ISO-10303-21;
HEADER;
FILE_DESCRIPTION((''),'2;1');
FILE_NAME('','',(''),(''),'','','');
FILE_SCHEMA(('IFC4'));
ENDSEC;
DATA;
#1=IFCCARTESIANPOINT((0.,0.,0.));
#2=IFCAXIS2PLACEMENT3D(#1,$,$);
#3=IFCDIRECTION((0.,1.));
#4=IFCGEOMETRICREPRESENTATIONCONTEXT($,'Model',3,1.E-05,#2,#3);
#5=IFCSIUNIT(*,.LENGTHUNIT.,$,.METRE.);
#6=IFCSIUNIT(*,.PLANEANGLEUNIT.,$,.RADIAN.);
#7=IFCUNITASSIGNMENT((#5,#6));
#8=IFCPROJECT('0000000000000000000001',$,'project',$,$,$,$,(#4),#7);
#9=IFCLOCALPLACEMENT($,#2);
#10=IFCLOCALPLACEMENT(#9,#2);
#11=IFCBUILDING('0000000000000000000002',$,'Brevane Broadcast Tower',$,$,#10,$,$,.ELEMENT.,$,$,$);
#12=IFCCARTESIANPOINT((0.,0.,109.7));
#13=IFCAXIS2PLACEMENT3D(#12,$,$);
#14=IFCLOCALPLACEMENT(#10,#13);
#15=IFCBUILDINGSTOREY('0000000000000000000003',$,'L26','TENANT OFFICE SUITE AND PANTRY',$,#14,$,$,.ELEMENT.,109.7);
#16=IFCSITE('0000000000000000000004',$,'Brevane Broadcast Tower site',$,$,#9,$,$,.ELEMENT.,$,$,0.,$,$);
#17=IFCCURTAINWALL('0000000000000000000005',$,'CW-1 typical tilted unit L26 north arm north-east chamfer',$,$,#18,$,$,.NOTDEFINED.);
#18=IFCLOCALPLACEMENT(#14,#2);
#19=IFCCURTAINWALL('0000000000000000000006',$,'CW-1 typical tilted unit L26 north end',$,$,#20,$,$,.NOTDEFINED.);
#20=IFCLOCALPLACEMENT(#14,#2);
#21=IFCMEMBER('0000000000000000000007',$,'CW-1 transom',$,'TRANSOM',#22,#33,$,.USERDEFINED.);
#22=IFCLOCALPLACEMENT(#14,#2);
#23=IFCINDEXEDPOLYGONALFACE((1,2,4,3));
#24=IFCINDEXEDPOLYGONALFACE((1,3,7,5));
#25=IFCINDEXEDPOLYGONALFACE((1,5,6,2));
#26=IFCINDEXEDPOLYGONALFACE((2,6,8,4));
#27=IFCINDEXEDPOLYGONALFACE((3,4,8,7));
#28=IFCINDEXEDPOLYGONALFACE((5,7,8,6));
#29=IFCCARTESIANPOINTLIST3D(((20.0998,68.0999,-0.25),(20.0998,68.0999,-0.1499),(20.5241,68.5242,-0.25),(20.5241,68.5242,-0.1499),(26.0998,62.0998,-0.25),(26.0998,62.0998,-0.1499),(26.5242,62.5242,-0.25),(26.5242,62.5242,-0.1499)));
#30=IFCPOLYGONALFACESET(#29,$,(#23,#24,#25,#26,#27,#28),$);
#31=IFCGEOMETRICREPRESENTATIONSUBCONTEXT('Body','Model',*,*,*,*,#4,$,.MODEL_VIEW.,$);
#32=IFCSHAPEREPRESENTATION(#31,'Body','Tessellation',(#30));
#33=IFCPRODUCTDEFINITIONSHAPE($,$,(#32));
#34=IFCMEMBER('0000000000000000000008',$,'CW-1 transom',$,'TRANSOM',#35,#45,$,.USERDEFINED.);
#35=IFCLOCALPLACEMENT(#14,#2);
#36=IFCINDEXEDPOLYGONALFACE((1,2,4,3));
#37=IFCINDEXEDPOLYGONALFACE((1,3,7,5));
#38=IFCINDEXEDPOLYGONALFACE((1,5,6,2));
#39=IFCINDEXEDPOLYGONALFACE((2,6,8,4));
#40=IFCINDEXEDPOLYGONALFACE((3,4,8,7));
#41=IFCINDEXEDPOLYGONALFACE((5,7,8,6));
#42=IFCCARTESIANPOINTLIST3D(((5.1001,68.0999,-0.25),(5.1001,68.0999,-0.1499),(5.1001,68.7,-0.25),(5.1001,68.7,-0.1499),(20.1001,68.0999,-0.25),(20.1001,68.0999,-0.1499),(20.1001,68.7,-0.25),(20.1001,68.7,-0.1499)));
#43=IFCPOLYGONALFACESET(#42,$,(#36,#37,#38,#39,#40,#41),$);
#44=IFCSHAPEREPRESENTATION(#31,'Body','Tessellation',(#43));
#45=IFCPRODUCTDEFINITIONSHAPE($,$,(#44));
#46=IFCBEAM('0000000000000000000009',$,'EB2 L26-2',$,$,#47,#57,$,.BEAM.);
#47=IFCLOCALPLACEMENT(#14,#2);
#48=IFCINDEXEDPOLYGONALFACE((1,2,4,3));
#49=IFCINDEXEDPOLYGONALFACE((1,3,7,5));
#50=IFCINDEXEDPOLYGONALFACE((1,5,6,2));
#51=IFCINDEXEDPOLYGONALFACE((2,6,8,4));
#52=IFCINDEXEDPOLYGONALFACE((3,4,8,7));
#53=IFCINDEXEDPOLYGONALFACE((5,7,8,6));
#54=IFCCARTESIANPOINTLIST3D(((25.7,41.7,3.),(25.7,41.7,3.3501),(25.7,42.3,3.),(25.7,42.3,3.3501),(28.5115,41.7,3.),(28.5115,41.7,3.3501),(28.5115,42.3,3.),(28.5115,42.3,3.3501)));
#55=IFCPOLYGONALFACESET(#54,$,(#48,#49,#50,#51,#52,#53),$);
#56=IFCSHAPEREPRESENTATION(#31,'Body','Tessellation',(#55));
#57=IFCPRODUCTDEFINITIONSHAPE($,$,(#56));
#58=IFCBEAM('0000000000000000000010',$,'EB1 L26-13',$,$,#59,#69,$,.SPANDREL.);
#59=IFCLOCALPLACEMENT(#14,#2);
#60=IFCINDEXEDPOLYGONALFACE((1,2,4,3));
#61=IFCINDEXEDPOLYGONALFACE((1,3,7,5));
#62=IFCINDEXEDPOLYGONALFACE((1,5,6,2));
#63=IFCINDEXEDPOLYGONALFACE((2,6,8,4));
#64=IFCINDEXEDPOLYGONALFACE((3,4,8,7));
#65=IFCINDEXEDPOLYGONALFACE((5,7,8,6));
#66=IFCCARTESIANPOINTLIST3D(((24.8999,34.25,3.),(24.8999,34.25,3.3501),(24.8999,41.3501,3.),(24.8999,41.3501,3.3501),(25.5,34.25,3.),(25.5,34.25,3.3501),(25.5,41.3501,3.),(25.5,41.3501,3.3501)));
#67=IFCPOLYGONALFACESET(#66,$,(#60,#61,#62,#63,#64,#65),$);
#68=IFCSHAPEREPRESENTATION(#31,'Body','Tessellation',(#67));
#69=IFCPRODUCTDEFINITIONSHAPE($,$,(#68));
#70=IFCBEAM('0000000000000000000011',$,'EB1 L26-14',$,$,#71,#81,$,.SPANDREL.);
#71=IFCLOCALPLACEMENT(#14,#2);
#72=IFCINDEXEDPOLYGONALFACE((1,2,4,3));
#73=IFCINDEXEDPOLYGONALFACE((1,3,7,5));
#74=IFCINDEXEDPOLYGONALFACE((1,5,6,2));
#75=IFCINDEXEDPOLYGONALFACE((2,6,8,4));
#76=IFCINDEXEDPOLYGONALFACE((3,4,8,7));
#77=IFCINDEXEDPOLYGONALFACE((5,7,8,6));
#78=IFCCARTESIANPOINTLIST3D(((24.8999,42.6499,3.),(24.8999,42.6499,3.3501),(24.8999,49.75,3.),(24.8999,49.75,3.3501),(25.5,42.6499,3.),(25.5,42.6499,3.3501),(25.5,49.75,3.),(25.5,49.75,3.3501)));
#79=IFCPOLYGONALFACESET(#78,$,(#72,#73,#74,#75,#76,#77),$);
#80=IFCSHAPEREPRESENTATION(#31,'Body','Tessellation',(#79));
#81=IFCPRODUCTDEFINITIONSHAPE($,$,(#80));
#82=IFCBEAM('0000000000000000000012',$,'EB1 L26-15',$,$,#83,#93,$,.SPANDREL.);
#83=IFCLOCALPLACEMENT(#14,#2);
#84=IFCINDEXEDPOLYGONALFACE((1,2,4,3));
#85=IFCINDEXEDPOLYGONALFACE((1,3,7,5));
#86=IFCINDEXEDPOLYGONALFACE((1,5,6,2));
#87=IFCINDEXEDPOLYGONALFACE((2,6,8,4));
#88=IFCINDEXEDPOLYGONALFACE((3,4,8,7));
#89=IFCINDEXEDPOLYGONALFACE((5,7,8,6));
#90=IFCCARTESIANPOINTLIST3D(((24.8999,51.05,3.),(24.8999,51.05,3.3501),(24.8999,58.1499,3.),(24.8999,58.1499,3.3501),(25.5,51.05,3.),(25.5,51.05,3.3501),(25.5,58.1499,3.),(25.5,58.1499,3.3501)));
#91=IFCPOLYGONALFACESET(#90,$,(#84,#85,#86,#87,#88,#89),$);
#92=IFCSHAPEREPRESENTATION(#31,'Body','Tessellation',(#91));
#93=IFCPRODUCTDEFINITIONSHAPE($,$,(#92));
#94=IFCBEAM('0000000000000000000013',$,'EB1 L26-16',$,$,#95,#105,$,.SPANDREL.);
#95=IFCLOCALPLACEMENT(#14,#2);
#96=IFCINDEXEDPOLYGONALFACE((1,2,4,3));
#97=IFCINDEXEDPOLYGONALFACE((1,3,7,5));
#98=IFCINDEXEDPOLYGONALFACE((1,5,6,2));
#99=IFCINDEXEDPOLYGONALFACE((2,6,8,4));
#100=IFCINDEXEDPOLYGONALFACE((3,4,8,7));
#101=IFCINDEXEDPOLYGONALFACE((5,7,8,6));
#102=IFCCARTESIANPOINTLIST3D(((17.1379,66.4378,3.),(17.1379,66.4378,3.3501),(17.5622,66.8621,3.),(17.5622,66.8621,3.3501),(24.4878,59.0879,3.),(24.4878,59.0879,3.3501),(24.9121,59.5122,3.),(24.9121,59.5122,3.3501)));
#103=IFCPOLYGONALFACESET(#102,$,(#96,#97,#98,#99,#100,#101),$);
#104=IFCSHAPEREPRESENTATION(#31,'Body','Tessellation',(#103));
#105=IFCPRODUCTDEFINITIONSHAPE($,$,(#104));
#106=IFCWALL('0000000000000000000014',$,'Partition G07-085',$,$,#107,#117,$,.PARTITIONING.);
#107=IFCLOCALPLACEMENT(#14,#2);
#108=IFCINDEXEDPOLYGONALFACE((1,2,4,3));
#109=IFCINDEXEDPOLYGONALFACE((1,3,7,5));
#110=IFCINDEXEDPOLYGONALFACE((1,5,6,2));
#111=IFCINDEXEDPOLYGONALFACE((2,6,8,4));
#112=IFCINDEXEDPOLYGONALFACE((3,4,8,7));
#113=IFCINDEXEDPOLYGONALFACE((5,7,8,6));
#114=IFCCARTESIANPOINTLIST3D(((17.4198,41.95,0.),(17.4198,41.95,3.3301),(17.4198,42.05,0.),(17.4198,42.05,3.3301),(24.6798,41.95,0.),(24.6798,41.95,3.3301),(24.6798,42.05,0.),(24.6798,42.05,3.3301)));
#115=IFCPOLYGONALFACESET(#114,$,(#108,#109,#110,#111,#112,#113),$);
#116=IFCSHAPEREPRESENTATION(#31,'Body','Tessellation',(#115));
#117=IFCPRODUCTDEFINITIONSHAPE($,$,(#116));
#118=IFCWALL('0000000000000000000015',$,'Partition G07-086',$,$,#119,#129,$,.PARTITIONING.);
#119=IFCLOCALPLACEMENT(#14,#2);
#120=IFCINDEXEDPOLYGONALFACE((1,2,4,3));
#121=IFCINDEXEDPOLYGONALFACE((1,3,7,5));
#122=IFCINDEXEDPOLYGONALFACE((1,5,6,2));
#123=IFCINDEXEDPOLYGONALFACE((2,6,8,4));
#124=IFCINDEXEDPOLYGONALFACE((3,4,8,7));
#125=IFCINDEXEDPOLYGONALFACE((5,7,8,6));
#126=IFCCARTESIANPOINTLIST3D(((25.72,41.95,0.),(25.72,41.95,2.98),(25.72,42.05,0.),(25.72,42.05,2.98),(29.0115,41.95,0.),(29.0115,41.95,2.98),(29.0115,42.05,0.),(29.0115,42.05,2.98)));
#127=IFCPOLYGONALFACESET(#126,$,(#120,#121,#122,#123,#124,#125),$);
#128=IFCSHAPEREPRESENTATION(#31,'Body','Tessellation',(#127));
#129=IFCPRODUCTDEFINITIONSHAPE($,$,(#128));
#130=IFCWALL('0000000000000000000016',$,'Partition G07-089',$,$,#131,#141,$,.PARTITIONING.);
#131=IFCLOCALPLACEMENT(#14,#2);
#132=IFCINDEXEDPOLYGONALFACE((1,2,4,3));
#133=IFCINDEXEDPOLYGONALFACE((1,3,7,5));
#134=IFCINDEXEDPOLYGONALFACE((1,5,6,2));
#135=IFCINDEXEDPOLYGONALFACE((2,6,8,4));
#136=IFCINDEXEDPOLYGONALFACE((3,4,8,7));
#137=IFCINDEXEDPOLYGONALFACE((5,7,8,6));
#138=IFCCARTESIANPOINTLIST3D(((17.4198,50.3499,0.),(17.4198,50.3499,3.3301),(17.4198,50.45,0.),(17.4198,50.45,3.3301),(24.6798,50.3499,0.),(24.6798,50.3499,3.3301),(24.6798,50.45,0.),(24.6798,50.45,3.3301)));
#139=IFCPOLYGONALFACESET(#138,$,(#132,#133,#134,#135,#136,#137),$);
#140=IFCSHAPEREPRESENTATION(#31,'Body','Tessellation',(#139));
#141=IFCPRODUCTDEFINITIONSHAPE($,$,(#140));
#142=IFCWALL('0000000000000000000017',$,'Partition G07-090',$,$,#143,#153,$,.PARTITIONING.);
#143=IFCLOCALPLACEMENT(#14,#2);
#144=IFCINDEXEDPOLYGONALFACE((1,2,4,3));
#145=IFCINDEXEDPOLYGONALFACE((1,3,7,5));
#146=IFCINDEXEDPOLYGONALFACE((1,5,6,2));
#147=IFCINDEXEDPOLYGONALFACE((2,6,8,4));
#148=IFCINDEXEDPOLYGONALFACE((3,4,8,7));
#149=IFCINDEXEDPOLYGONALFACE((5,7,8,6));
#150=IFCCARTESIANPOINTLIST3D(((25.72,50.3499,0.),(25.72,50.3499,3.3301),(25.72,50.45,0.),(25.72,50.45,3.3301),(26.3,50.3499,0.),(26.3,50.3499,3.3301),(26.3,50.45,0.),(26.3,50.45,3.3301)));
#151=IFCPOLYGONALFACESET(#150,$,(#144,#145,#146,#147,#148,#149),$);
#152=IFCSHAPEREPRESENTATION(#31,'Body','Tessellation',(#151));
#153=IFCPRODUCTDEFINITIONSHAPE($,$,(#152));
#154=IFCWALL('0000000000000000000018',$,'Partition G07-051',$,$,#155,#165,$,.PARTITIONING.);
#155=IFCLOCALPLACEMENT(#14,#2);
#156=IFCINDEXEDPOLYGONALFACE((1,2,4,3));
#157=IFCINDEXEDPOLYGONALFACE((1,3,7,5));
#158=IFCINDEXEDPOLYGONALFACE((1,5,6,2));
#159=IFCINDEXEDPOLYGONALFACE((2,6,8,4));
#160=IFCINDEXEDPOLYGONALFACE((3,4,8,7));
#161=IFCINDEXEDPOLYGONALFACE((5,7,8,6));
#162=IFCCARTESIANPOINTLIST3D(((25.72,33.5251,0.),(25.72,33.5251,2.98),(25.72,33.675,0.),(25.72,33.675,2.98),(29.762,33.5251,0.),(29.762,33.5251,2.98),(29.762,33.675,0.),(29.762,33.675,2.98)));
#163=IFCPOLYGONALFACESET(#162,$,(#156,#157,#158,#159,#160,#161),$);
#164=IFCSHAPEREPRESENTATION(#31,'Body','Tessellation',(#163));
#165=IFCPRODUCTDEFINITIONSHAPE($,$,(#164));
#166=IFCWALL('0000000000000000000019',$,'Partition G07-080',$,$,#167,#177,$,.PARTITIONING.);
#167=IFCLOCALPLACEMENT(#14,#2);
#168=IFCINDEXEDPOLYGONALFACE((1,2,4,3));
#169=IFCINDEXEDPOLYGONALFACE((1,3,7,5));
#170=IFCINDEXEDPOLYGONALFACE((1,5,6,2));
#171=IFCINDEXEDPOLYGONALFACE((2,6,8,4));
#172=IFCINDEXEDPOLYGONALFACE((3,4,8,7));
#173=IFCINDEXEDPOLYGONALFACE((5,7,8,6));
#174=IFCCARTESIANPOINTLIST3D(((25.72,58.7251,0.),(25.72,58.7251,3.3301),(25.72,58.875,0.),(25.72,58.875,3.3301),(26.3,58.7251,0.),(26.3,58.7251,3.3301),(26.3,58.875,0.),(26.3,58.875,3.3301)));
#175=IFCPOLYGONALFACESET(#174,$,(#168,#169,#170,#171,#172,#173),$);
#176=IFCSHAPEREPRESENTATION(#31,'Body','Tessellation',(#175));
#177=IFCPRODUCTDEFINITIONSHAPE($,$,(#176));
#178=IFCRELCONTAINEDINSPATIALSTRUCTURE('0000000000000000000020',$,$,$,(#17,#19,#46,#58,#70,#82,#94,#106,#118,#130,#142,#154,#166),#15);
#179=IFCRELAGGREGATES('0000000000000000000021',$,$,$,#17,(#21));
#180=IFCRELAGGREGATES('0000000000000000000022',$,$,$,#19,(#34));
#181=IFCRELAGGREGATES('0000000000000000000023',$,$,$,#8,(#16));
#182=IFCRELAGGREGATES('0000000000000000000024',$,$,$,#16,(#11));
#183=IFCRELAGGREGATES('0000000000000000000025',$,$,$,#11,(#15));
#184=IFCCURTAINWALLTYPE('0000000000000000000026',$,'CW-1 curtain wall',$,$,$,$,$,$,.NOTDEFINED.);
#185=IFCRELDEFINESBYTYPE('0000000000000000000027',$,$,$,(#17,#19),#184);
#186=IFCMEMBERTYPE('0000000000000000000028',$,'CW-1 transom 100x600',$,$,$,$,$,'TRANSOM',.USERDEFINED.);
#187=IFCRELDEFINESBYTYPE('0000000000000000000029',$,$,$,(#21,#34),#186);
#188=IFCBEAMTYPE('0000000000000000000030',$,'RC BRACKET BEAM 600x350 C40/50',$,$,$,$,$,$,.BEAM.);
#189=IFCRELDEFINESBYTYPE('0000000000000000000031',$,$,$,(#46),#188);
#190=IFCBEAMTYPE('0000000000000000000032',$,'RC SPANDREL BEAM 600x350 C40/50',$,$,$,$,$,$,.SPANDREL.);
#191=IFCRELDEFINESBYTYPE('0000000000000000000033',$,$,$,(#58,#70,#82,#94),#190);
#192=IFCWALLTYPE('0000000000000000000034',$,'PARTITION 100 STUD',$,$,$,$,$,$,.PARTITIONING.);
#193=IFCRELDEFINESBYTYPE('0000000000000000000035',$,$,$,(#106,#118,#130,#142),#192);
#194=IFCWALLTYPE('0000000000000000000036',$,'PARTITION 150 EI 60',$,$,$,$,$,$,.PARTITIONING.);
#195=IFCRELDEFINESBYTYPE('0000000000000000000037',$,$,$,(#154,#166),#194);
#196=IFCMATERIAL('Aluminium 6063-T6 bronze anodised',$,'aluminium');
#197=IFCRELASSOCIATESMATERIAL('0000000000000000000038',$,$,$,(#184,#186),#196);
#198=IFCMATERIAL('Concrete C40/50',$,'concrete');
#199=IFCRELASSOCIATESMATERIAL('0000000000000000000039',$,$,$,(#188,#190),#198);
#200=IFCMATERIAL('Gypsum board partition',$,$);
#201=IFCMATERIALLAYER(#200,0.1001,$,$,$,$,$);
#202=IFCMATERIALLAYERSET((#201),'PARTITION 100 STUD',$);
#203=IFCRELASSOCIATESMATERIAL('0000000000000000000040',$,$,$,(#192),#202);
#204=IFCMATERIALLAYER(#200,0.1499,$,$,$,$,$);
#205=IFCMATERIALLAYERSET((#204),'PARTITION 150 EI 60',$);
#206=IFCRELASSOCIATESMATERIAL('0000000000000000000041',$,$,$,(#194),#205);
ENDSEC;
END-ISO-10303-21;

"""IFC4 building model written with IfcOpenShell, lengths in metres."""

from ifc_helpers import new_model, si_unit, direction, frame, frame_2d, origin, origin_2d, place, context, subcontext, project, spatial, rectangle, extrude, material, layer, layer_set, material_profile, profile_set, type_object, element, aggregate, save


model = new_model("IFC4")

# Units and contexts
model_context = context("Model", 3, precision=1e-05, world=origin(), true_north=direction((0.0, 1.0)))
body_context = subcontext(model_context, "Body", "Model", "MODEL_VIEW")
ifc_project = project(units=[si_unit("LENGTHUNIT", "METRE"), si_unit("PLANEANGLEUNIT", "RADIAN")], contexts=[model_context])

# Site, building, storey
site_placement = place(None, origin())
site = spatial("IfcSite", under=ifc_project, at=site_placement, Name="Brevane Broadcast Tower site", CompositionType="ELEMENT", RefElevation=0.0)
building_placement = place(site_placement, origin())
building = spatial("IfcBuilding", under=site, at=building_placement, Name="Brevane Broadcast Tower", CompositionType="ELEMENT")
storey_placement = place(building_placement, frame((0.0, 0.0, 109.7)))
storey = spatial("IfcBuildingStorey", under=building, at=storey_placement, Name="L26", Description="TENANT OFFICE SUITE AND PANTRY", CompositionType="ELEMENT", Elevation=109.7)

# Shared definitions
ifc_material_1 = material(Name="Aluminium 6063-T6 bronze anodised", Category="aluminium")
curtain_wall_type = type_object("IfcCurtainWallType", Name="CW-1 curtain wall", PredefinedType="NOTDEFINED", material=ifc_material_1)

# Curtain wall
curtain_wall_1_placement = place(storey_placement, origin())
curtain_wall_1 = element("IfcCurtainWall", 1, at=curtain_wall_1_placement, inside=storey, type_object=curtain_wall_type, Name="CW-1 typical tilted unit L26 north arm north-east chamfer", PredefinedType="NOTDEFINED")

# Curtain wall
curtain_wall_2_placement = place(storey_placement, origin())
curtain_wall_2 = element("IfcCurtainWall", 2, at=curtain_wall_2_placement, inside=storey, type_object=curtain_wall_type, Name="CW-1 typical tilted unit L26 north end", PredefinedType="NOTDEFINED")

# Members
ifc_material_profile_1 = material_profile(ifc_material_1, rectangle(XDim=0.6001, YDim=0.1001, at=origin_2d()), Name="RECT 100x600")
ifc_profile_set_1 = profile_set([ifc_material_profile_1], Name="Aluminium 6063-T6 bronze anodised")
member_type_1 = type_object("IfcMemberType", Name="CW-1 transom 100x600", ElementType="TRANSOM", PredefinedType="USERDEFINED", material=ifc_profile_set_1)
member_1_placement = place(storey_placement, frame((26.312, 62.312, -0.2), z_axis=(-0.707107, 0.707107, 0.0), x_axis=(-0.707107, -0.707107, 0.0)))
member_1 = element("IfcMember", 3, at=member_1_placement, type_object=member_type_1, Name="CW-1 transom", ObjectType="TRANSOM", PredefinedType="USERDEFINED", context=body_context, shape_type="SweptSolid", body=[
    extrude(rectangle(XDim=0.6001, YDim=0.1001, at=origin_2d()), origin(), (0.0, 0.0, 1.0), 8.4854),
])
aggregate(curtain_wall_1, [member_1])
member_2_placement = place(storey_placement, frame((20.1001, 68.3999, -0.2), z_axis=(-1.0, 0.0, 0.0), x_axis=(0.0, -1.0, 0.0)))
member_2 = element("IfcMember", 4, at=member_2_placement, type_object=member_type_1, Name="CW-1 transom", ObjectType="TRANSOM", PredefinedType="USERDEFINED", context=body_context, shape_type="SweptSolid", body=[
    extrude(rectangle(XDim=0.6001, YDim=0.1001, at=origin_2d()), origin(), (0.0, 0.0, 1.0), 15.0),
])
aggregate(curtain_wall_2, [member_2])

# Beams
ifc_material_2 = material(Name="Concrete C40/50", Category="concrete")
ifc_material_profile_2 = material_profile(ifc_material_2, rectangle(XDim=0.6001, YDim=0.3501, at=origin_2d()), Name="RC 600x350")
ifc_profile_set_2 = profile_set([ifc_material_profile_2], Name="Concrete C40/50")
beam_type_1 = type_object("IfcBeamType", Name="RC BRACKET BEAM 600x350 C40/50", PredefinedType="BEAM", material=ifc_profile_set_2)
beam_1_placement = place(storey_placement, frame((25.7, 42.0, 3.175), z_axis=(1.0, 0.0, 0.0), x_axis=(0.0, 1.0, 0.0)))
element("IfcBeam", 5, at=beam_1_placement, inside=storey, type_object=beam_type_1, Name="EB2 L26-2", PredefinedType="BEAM", context=body_context, shape_type="SweptSolid", body=[
    extrude(rectangle(XDim=0.6001, YDim=0.3501, at=origin_2d()), origin(), (0.0, 0.0, 1.0), 2.8115),
])
ifc_material_profile_3 = material_profile(ifc_material_2, rectangle(XDim=0.6001, YDim=0.3501, at=origin_2d()), Name="RC 600x350")
ifc_profile_set_3 = profile_set([ifc_material_profile_3], Name="Concrete C40/50")
beam_type_2 = type_object("IfcBeamType", Name="RC SPANDREL BEAM 600x350 C40/50", PredefinedType="SPANDREL", material=ifc_profile_set_3)
for number, where, z_axis, x_axis, name in (
    (6, (25.2, 34.25, 3.175), (0.0, 1.0, 0.0), (-1.0, 0.0, 0.0), "EB1 L26-13"),
    (7, (25.2, 42.6499, 3.175), (0.0, 1.0, 0.0), (-1.0, 0.0, 0.0), "EB1 L26-14"),
):
    element("IfcBeam", number, at=place(storey_placement, frame(where, z_axis=z_axis, x_axis=x_axis)), inside=storey, type_object=beam_type_2, Name=name, PredefinedType="SPANDREL", context=body_context, shape_type="SweptSolid", body=[
        extrude(rectangle(XDim=0.6001, YDim=0.3501, at=origin_2d()), origin(), (0.0, 0.0, 1.0), 7.1001),
    ])
beam_2_placement = place(storey_placement, frame((25.2, 51.05, 3.175), z_axis=(0.0, 1.0, 0.0), x_axis=(-1.0, 0.0, 0.0)))
element("IfcBeam", 8, at=beam_2_placement, inside=storey, type_object=beam_type_2, Name="EB1 L26-15", PredefinedType="SPANDREL", context=body_context, shape_type="SweptSolid", body=[
    extrude(rectangle(XDim=0.6001, YDim=0.3501, at=origin_2d()), origin(), (0.0, 0.0, 1.0), 7.0999),
])
beam_3_placement = place(storey_placement, frame((24.7, 59.3, 3.175), z_axis=(-0.707107, 0.707107, 0.0), x_axis=(-0.707107, -0.707107, 0.0)))
element("IfcBeam", 9, at=beam_3_placement, inside=storey, type_object=beam_type_2, Name="EB1 L26-16", PredefinedType="SPANDREL", context=body_context, shape_type="SweptSolid", body=[
    extrude(rectangle(XDim=0.6001, YDim=0.3501, at=origin_2d()), origin(), (0.0, 0.0, 1.0), 10.3943),
])

# Walls
ifc_material_3 = material(Name="Gypsum board partition")
ifc_layer_1 = layer(ifc_material_3, 0.1001)
ifc_layer_set_1 = layer_set([ifc_layer_1], Name="PARTITION 100 STUD")
wall_type_1 = type_object("IfcWallType", Name="PARTITION 100 STUD", PredefinedType="PARTITIONING", material=ifc_layer_set_1)
wall_1_placement = place(storey_placement, frame((17.4199, 42.0, 0.0), z_axis=(0.0, 0.0, 1.0), x_axis=(1.0, 0.0, 0.0)))
element("IfcWall", 10, at=wall_1_placement, inside=storey, type_object=wall_type_1, Name="Partition G07-085", PredefinedType="PARTITIONING", context=body_context, shape_type="SweptSolid", body=[
    extrude(rectangle(XDim=7.26, YDim=0.1001, at=frame_2d((3.6299, 0.0))), origin(), (0.0, 0.0, 1.0), 3.3301),
])
wall_2_placement = place(storey_placement, frame((25.72, 42.0, 0.0), z_axis=(0.0, 0.0, 1.0), x_axis=(1.0, 0.0, 0.0)))
element("IfcWall", 11, at=wall_2_placement, inside=storey, type_object=wall_type_1, Name="Partition G07-086", PredefinedType="PARTITIONING", context=body_context, shape_type="SweptSolid", body=[
    extrude(rectangle(XDim=3.2915, YDim=0.1001, at=frame_2d((1.6458, 0.0))), origin(), (0.0, 0.0, 1.0), 2.98),
])
wall_3_placement = place(storey_placement, frame((17.4199, 50.3999, 0.0), z_axis=(0.0, 0.0, 1.0), x_axis=(1.0, 0.0, 0.0)))
element("IfcWall", 12, at=wall_3_placement, inside=storey, type_object=wall_type_1, Name="Partition G07-089", PredefinedType="PARTITIONING", context=body_context, shape_type="SweptSolid", body=[
    extrude(rectangle(XDim=7.26, YDim=0.1001, at=frame_2d((3.6299, 0.0))), origin(), (0.0, 0.0, 1.0), 3.3301),
])
wall_4_placement = place(storey_placement, frame((25.72, 50.3999, 0.0), z_axis=(0.0, 0.0, 1.0), x_axis=(1.0, 0.0, 0.0)))
element("IfcWall", 13, at=wall_4_placement, inside=storey, type_object=wall_type_1, Name="Partition G07-090", PredefinedType="PARTITIONING", context=body_context, shape_type="SweptSolid", body=[
    extrude(rectangle(XDim=0.5801, YDim=0.1001, at=frame_2d((0.29, 0.0))), origin(), (0.0, 0.0, 1.0), 3.3301),
])
ifc_layer_2 = layer(ifc_material_3, 0.1499)
ifc_layer_set_2 = layer_set([ifc_layer_2], Name="PARTITION 150 EI 60")
wall_type_2 = type_object("IfcWallType", Name="PARTITION 150 EI 60", PredefinedType="PARTITIONING", material=ifc_layer_set_2)
wall_5_placement = place(storey_placement, frame((25.72, 33.6001, 0.0), z_axis=(0.0, 0.0, 1.0), x_axis=(1.0, 0.0, 0.0)))
element("IfcWall", 14, at=wall_5_placement, inside=storey, type_object=wall_type_2, Name="Partition G07-051", PredefinedType="PARTITIONING", context=body_context, shape_type="SweptSolid", body=[
    extrude(rectangle(XDim=4.042, YDim=0.1499, at=frame_2d((2.021, 0.0))), origin(), (0.0, 0.0, 1.0), 2.98),
])
wall_6_placement = place(storey_placement, frame((26.3, 58.8, 0.0), z_axis=(0.0, 0.0, 1.0), x_axis=(-1.0, 0.0, 0.0)))
element("IfcWall", 15, at=wall_6_placement, inside=storey, type_object=wall_type_2, Name="Partition G07-080", PredefinedType="PARTITIONING", context=body_context, shape_type="SweptSolid", body=[
    extrude(rectangle(XDim=0.5801, YDim=0.1499, at=frame_2d((0.29, 0.0))), origin(), (0.0, 0.0, 1.0), 3.3301),
])

save(model, "model.ifc")
